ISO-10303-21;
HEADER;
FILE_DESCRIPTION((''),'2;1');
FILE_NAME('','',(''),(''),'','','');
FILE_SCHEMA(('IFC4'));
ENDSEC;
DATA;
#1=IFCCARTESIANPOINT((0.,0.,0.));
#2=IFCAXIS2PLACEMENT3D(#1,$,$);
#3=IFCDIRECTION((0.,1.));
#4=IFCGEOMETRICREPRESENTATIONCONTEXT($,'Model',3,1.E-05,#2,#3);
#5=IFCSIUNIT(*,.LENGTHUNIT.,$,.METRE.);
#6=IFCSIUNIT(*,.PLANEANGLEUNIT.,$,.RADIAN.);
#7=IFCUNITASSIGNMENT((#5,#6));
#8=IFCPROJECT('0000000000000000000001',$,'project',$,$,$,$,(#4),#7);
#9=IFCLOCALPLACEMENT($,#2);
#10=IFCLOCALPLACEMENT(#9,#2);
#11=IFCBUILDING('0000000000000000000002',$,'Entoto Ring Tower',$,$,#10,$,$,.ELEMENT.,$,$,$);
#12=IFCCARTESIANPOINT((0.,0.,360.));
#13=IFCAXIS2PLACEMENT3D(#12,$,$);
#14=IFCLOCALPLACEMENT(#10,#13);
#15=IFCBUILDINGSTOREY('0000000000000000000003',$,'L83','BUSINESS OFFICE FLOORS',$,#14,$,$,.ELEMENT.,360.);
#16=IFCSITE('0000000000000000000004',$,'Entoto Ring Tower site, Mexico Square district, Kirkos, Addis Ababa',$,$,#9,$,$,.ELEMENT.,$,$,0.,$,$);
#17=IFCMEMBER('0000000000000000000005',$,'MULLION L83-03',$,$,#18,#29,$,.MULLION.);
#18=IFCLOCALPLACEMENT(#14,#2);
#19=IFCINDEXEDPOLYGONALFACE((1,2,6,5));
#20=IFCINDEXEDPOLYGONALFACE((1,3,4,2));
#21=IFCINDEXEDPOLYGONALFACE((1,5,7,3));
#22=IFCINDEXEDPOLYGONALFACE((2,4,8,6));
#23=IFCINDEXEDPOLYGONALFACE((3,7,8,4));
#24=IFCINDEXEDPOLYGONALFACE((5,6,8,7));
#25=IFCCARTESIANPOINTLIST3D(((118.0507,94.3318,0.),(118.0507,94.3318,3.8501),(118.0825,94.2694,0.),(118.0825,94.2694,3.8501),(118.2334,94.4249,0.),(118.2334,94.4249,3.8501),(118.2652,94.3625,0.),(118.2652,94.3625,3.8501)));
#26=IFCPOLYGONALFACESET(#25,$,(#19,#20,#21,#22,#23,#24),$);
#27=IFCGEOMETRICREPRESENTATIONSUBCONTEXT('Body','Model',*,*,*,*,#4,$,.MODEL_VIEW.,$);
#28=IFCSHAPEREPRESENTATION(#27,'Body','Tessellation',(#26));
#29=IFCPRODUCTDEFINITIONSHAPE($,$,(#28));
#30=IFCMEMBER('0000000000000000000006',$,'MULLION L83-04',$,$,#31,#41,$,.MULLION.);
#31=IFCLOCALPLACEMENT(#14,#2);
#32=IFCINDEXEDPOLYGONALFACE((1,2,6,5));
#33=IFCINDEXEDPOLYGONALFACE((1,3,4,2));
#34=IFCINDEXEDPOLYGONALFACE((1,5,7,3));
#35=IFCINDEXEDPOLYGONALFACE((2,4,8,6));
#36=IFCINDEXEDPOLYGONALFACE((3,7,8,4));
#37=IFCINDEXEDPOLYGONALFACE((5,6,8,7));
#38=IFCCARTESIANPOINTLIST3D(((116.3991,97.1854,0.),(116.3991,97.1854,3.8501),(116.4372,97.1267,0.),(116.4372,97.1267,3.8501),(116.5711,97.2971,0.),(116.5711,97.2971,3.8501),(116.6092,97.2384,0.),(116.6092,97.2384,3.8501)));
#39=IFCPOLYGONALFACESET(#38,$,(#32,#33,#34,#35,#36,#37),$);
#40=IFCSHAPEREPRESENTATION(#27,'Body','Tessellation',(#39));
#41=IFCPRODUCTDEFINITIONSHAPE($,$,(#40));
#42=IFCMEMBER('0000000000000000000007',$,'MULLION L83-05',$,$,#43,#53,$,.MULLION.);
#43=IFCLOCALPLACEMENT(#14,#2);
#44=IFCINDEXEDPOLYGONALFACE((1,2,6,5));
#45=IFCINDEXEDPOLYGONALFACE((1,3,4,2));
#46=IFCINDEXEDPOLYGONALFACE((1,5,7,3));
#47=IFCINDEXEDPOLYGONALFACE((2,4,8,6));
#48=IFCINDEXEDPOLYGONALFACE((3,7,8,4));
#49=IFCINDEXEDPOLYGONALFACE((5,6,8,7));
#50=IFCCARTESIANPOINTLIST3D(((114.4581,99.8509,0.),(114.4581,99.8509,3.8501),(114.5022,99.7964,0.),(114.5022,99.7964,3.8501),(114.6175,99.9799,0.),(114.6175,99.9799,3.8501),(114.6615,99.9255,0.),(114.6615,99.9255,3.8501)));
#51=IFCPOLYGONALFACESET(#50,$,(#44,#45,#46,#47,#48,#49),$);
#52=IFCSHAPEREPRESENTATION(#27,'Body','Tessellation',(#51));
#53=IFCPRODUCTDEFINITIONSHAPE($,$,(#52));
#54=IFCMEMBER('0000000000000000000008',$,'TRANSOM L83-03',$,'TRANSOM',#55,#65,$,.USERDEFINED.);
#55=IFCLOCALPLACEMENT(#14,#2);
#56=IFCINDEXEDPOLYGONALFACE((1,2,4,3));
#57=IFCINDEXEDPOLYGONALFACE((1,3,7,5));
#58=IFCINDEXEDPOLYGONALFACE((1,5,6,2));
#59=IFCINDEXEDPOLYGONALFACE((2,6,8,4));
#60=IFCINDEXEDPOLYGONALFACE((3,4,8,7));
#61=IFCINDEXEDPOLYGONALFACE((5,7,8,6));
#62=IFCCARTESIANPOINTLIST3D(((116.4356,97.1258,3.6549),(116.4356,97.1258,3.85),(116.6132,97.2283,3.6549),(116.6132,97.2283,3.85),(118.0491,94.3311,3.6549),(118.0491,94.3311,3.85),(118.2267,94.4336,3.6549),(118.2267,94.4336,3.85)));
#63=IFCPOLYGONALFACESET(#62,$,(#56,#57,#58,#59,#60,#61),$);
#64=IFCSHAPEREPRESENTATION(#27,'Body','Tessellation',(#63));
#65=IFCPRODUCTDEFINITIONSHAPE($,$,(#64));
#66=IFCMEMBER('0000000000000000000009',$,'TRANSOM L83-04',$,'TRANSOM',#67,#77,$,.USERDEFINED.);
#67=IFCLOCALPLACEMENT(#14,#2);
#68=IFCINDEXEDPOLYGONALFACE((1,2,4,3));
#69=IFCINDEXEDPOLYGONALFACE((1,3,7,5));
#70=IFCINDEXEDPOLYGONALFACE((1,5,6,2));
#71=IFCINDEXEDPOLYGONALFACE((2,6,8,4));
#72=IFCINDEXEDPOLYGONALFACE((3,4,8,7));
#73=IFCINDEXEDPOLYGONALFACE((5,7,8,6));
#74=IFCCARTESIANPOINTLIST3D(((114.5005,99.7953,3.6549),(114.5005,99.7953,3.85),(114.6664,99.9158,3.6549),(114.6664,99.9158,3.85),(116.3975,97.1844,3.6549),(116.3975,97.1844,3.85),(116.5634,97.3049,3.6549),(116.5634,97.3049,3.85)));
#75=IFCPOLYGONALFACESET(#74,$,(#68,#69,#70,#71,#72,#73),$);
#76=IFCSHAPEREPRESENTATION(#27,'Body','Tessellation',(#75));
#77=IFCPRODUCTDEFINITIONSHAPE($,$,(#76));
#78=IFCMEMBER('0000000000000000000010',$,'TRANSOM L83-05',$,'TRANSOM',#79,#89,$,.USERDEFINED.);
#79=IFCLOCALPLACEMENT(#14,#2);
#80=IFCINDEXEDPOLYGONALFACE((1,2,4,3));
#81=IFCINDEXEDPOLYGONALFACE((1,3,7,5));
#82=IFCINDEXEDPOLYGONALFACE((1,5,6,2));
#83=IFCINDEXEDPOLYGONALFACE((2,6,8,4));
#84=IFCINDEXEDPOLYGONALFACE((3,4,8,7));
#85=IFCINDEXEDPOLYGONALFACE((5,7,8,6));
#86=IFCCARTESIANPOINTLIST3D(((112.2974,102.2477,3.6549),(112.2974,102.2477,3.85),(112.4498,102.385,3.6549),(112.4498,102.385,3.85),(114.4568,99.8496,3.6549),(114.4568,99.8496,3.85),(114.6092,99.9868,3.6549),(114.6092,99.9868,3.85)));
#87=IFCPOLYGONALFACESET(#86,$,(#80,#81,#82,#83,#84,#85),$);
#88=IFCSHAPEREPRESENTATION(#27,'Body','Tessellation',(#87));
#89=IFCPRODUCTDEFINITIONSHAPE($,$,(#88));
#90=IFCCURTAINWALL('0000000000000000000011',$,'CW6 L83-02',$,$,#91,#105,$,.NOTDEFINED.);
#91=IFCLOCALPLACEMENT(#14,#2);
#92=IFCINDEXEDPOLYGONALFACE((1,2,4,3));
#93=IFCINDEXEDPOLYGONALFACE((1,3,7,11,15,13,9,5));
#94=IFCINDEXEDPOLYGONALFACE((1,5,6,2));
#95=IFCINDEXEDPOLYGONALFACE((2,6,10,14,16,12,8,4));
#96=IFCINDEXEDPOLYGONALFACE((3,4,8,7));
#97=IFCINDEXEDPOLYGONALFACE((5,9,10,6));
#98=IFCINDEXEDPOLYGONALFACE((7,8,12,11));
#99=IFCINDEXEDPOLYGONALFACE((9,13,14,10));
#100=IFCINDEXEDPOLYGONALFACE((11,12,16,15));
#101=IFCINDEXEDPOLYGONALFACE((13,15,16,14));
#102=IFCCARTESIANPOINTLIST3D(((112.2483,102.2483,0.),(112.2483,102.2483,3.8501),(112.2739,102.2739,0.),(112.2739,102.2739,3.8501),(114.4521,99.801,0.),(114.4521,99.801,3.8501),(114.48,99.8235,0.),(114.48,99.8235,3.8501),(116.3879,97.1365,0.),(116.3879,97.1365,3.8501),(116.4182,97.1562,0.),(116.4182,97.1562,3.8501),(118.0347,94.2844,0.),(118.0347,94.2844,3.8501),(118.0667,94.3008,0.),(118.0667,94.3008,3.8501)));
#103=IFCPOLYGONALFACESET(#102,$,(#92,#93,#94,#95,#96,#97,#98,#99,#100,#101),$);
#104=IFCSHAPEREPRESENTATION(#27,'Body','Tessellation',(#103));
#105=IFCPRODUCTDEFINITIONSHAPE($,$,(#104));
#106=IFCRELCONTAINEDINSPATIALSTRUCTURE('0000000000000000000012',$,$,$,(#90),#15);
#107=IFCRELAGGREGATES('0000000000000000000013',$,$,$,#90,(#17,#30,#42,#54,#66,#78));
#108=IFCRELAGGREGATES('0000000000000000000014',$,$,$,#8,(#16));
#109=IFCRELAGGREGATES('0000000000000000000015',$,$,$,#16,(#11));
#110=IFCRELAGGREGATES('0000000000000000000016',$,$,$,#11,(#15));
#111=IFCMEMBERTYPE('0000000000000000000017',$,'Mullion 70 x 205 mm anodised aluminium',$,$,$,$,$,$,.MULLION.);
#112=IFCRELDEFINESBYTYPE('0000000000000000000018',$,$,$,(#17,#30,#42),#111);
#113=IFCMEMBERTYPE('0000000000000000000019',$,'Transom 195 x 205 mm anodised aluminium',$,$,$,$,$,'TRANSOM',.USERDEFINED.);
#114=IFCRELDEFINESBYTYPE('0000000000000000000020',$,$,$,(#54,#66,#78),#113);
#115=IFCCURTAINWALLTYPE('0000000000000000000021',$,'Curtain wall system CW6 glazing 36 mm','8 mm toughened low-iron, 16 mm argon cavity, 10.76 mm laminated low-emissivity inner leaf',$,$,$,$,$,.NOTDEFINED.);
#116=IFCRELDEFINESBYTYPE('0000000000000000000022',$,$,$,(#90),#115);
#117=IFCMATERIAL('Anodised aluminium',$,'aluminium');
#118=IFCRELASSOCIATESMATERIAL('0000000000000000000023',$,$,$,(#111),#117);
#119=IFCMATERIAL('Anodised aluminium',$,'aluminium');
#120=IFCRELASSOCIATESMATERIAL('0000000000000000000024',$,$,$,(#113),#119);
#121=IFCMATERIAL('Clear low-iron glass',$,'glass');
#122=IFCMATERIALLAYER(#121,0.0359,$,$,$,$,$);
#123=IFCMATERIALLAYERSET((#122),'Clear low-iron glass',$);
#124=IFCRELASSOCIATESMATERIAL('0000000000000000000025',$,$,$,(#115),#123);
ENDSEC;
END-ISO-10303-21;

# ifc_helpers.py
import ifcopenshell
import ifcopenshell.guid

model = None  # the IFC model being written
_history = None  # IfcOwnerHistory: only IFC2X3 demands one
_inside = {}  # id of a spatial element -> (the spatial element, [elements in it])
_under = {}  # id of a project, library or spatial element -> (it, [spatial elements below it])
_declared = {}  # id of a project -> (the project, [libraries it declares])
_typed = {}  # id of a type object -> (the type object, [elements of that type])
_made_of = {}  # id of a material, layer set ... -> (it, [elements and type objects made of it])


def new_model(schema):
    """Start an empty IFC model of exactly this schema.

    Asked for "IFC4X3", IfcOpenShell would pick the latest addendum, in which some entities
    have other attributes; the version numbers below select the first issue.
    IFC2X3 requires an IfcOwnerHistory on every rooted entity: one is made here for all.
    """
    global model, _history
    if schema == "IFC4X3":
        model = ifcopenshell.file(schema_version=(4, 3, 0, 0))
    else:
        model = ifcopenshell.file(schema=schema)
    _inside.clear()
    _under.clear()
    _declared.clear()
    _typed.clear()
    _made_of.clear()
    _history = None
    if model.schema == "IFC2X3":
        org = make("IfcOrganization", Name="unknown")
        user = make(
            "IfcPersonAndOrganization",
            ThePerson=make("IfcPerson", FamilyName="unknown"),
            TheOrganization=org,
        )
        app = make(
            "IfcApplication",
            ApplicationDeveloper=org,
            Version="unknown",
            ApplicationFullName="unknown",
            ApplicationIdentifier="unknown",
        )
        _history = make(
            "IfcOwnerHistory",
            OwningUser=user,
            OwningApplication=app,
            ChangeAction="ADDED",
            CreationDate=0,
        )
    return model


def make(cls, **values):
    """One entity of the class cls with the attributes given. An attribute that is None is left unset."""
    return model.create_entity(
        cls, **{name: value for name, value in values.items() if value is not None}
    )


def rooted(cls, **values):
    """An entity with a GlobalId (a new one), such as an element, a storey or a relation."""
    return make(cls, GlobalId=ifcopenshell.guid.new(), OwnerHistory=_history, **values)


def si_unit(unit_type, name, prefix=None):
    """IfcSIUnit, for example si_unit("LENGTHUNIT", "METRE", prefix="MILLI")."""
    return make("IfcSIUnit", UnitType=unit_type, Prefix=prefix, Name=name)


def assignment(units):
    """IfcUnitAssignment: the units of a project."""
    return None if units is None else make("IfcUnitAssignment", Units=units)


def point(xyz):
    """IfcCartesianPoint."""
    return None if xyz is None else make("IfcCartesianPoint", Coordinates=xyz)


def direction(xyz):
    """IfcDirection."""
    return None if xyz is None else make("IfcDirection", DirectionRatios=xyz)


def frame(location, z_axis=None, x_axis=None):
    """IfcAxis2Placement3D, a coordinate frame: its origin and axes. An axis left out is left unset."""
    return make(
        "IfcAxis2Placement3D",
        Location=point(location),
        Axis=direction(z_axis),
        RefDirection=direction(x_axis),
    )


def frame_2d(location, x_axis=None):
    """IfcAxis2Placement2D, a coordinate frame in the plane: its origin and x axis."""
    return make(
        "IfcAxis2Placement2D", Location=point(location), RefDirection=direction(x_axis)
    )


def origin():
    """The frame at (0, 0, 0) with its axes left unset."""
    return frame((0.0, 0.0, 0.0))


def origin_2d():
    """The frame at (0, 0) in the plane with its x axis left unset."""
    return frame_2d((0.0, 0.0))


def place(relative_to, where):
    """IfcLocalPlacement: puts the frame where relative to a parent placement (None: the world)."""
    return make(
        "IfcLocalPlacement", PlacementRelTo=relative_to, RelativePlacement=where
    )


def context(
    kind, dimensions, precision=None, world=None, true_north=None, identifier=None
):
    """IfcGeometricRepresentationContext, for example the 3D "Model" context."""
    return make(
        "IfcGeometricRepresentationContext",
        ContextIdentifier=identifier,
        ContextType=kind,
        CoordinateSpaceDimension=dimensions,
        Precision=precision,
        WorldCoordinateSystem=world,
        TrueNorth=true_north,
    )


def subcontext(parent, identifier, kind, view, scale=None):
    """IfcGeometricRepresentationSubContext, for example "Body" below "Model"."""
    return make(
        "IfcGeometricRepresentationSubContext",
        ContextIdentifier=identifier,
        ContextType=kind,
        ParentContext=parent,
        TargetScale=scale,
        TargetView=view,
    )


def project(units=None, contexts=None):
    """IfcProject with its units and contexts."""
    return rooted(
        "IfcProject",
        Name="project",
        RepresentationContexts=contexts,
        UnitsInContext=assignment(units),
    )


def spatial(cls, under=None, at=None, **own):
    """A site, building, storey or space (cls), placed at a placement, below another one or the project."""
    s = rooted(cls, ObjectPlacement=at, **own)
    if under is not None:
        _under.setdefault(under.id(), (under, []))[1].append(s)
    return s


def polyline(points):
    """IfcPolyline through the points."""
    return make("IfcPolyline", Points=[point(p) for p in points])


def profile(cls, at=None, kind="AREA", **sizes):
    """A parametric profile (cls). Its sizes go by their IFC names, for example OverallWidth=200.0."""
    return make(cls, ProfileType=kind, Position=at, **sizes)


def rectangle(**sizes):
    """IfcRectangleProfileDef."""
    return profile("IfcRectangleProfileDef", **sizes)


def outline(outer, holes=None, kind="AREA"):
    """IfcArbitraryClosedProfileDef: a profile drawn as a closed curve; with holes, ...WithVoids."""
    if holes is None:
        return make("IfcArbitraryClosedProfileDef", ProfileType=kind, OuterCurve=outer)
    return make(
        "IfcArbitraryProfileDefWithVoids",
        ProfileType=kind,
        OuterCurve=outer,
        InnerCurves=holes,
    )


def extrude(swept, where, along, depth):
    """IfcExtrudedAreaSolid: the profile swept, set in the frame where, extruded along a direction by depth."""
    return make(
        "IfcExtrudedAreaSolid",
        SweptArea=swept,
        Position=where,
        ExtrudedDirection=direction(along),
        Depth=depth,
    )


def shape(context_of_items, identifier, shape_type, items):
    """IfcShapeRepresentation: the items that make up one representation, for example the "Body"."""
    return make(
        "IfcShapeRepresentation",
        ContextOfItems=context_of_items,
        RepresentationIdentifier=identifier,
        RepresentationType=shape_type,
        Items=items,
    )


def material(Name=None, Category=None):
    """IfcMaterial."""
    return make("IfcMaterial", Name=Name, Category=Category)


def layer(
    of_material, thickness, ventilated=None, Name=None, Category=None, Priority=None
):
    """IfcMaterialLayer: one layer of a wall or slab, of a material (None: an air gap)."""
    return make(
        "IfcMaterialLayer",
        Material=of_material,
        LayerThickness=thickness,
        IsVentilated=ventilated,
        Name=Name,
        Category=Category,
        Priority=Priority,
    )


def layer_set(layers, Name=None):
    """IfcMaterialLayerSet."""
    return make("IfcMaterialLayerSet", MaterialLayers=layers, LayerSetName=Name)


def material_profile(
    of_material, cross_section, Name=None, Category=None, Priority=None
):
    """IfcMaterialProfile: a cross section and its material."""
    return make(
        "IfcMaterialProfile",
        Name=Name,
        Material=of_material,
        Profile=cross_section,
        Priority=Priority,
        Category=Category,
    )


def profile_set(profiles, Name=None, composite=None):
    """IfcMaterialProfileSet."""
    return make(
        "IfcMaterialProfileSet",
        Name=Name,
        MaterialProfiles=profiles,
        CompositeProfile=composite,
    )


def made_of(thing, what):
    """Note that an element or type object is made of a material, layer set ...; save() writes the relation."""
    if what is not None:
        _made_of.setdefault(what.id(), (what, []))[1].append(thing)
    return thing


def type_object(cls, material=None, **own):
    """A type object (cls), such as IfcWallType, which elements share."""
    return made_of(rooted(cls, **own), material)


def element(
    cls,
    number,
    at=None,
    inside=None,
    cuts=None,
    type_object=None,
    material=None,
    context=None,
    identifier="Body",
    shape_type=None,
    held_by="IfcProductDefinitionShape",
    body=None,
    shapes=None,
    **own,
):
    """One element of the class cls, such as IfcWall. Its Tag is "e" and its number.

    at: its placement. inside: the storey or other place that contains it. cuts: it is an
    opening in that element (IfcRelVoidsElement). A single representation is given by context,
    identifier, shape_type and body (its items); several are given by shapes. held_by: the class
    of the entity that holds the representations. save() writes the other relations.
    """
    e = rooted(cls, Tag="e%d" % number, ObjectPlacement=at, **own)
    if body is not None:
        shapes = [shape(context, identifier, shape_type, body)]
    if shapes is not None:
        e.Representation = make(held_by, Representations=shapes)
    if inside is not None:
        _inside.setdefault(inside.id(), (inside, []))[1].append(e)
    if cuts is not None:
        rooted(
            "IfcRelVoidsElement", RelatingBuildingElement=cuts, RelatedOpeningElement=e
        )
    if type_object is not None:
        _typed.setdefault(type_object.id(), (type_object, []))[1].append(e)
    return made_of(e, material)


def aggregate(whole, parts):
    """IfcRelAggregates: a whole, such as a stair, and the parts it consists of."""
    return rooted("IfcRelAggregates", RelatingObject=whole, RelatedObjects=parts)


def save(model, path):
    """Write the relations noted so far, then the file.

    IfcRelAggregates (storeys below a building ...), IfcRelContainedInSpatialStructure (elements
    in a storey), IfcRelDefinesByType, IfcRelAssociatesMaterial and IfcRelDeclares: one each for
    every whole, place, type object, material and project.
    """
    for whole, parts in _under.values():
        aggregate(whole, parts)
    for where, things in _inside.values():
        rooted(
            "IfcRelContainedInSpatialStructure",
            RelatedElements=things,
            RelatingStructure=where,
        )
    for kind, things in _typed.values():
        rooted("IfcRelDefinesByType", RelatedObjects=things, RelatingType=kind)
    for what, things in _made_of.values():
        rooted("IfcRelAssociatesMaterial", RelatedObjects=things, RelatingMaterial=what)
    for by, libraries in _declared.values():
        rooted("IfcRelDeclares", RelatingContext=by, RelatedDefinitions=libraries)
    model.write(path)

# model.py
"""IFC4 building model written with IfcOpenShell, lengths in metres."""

from ifc_helpers import new_model, si_unit, direction, frame, origin, origin_2d, place, context, subcontext, project, spatial, polyline, rectangle, outline, extrude, material, layer, layer_set, material_profile, profile_set, type_object, element, aggregate, save


model = new_model("IFC4")

# Units and contexts
model_context = context("Model", 3, precision=1e-05, world=origin(), true_north=direction((0.0, 1.0)))
body_context = subcontext(model_context, "Body", "Model", "MODEL_VIEW")
ifc_project = project(units=[si_unit("LENGTHUNIT", "METRE"), si_unit("PLANEANGLEUNIT", "RADIAN")], contexts=[model_context])

# Members
ifc_material_1 = material(Name="Anodised aluminium", Category="aluminium")
ifc_material_profile_1 = material_profile(ifc_material_1, rectangle(XDim=0.0701, YDim=0.2051, at=origin_2d()), Name="Mullion 70 x 205 mm anodised aluminium")
ifc_profile_set_1 = profile_set([ifc_material_profile_1], Name="Anodised aluminium")
member_type_1 = type_object("IfcMemberType", Name="Mullion 70 x 205 mm anodised aluminium", PredefinedType="MULLION", material=ifc_profile_set_1)
site_placement = place(None, origin())
building_placement = place(site_placement, origin())
storey_placement = place(building_placement, frame((0.0, 0.0, 360.0)))
member_1_placement = place(storey_placement, frame((118.158, 94.3472, 0.0), z_axis=(0.0, 0.0, 1.0), x_axis=(-0.45399, 0.891007, 0.0)))
member_1 = element("IfcMember", 1, at=member_1_placement, type_object=member_type_1, Name="MULLION L83-03", PredefinedType="MULLION", context=body_context, shape_type="SweptSolid", body=[
    extrude(rectangle(XDim=0.0701, YDim=0.2051, at=origin_2d()), origin(), (0.0, 0.0, 1.0), 3.8501),
])
member_2_placement = place(storey_placement, frame((116.5042, 97.2119, 0.0), z_axis=(0.0, 0.0, 1.0), x_axis=(-0.544639, 0.838671, 0.0)))
member_2 = element("IfcMember", 2, at=member_2_placement, type_object=member_type_1, Name="MULLION L83-04", PredefinedType="MULLION", context=body_context, shape_type="SweptSolid", body=[
    extrude(rectangle(XDim=0.0701, YDim=0.2051, at=origin_2d()), origin(), (0.0, 0.0, 1.0), 3.8501),
])
member_3_placement = place(storey_placement, frame((114.5598, 99.8882, 0.0), z_axis=(0.0, 0.0, 1.0), x_axis=(-0.62932, 0.777146, 0.0)))
member_3 = element("IfcMember", 3, at=member_3_placement, type_object=member_type_1, Name="MULLION L83-05", PredefinedType="MULLION", context=body_context, shape_type="SweptSolid", body=[
    extrude(rectangle(XDim=0.0701, YDim=0.2051, at=origin_2d()), origin(), (0.0, 0.0, 1.0), 3.8501),
])
ifc_material_2 = material(Name="Anodised aluminium", Category="aluminium")
ifc_material_profile_2 = material_profile(ifc_material_2, rectangle(XDim=0.2051, YDim=0.1951, at=origin_2d()), Name="Transom 195 x 205 mm anodised aluminium")
ifc_profile_set_2 = profile_set([ifc_material_profile_2], Name="Anodised aluminium")
member_type_2 = type_object("IfcMemberType", Name="Transom 195 x 205 mm anodised aluminium", ElementType="TRANSOM", PredefinedType="USERDEFINED", material=ifc_profile_set_2)
member_4_placement = place(storey_placement, frame((118.1379, 94.3823, 3.7524), z_axis=(-0.500004, 0.866023, 0.0), x_axis=(-0.866023, -0.500004, 0.0)))
member_4 = element("IfcMember", 4, at=member_4_placement, type_object=member_type_2, Name="TRANSOM L83-03", ObjectType="TRANSOM", PredefinedType="USERDEFINED", context=body_context, shape_type="SweptSolid", body=[
    extrude(rectangle(XDim=0.2051, YDim=0.1951, at=origin_2d()), origin(), (0.0, 0.0, 1.0), 3.2271),
])
member_5_placement = place(storey_placement, frame((116.4805, 97.2446, 3.7524), z_axis=(-0.587803, 0.809004, 0.0), x_axis=(-0.809004, -0.587803, 0.0)))
member_5 = element("IfcMember", 5, at=member_5_placement, type_object=member_type_2, Name="TRANSOM L83-04", ObjectType="TRANSOM", PredefinedType="USERDEFINED", context=body_context, shape_type="SweptSolid", body=[
    extrude(rectangle(XDim=0.2051, YDim=0.1951, at=origin_2d()), origin(), (0.0, 0.0, 1.0), 3.2273),
])
member_6_placement = place(storey_placement, frame((114.533, 99.9182, 3.7524), z_axis=(-0.669144, 0.743132, 0.0), x_axis=(-0.743132, -0.669144, 0.0)))
member_6 = element("IfcMember", 6, at=member_6_placement, type_object=member_type_2, Name="TRANSOM L83-05", ObjectType="TRANSOM", PredefinedType="USERDEFINED", context=body_context, shape_type="SweptSolid", body=[
    extrude(rectangle(XDim=0.2051, YDim=0.1951, at=origin_2d()), origin(), (0.0, 0.0, 1.0), 3.2271),
])

# Site, building, storey
site = spatial("IfcSite", under=ifc_project, at=site_placement, Name="Entoto Ring Tower site, Mexico Square district, Kirkos, Addis Ababa", CompositionType="ELEMENT", RefElevation=0.0)
building = spatial("IfcBuilding", under=site, at=building_placement, Name="Entoto Ring Tower", CompositionType="ELEMENT")
storey = spatial("IfcBuildingStorey", under=building, at=storey_placement, Name="L83", Description="BUSINESS OFFICE FLOORS", CompositionType="ELEMENT", Elevation=360.0)

# Curtain wall
ifc_material_3 = material(Name="Clear low-iron glass", Category="glass")
ifc_layer_1 = layer(ifc_material_3, 0.0359)
ifc_layer_set_1 = layer_set([ifc_layer_1], Name="Clear low-iron glass")
curtain_wall_type = type_object("IfcCurtainWallType", Name="Curtain wall system CW6 glazing 36 mm", Description="8 mm toughened low-iron, 16 mm argon cavity, 10.76 mm laminated low-emissivity inner leaf", PredefinedType="NOTDEFINED", material=ifc_layer_set_1)
curtain_wall_1_placement = place(storey_placement, origin())
curtain_wall_1 = element("IfcCurtainWall", 7, at=curtain_wall_1_placement, inside=storey, type_object=curtain_wall_type, Name="CW6 L83-02", PredefinedType="NOTDEFINED", context=body_context, shape_type="SweptSolid", body=[
    extrude(outline(polyline([(118.0667, 94.3008), (116.4182, 97.1562), (114.48, 99.8235), (112.2739, 102.2739), (112.2483, 102.2483), (114.4521, 99.801), (116.3879, 97.1365), (118.0347, 94.2844), (118.0667, 94.3008)])), origin(), (0.0, 0.0, 1.0), 3.8501),
])
aggregate(curtain_wall_1, [member_1, member_2, member_3, member_4, member_5, member_6])

save(model, "model.ifc")
